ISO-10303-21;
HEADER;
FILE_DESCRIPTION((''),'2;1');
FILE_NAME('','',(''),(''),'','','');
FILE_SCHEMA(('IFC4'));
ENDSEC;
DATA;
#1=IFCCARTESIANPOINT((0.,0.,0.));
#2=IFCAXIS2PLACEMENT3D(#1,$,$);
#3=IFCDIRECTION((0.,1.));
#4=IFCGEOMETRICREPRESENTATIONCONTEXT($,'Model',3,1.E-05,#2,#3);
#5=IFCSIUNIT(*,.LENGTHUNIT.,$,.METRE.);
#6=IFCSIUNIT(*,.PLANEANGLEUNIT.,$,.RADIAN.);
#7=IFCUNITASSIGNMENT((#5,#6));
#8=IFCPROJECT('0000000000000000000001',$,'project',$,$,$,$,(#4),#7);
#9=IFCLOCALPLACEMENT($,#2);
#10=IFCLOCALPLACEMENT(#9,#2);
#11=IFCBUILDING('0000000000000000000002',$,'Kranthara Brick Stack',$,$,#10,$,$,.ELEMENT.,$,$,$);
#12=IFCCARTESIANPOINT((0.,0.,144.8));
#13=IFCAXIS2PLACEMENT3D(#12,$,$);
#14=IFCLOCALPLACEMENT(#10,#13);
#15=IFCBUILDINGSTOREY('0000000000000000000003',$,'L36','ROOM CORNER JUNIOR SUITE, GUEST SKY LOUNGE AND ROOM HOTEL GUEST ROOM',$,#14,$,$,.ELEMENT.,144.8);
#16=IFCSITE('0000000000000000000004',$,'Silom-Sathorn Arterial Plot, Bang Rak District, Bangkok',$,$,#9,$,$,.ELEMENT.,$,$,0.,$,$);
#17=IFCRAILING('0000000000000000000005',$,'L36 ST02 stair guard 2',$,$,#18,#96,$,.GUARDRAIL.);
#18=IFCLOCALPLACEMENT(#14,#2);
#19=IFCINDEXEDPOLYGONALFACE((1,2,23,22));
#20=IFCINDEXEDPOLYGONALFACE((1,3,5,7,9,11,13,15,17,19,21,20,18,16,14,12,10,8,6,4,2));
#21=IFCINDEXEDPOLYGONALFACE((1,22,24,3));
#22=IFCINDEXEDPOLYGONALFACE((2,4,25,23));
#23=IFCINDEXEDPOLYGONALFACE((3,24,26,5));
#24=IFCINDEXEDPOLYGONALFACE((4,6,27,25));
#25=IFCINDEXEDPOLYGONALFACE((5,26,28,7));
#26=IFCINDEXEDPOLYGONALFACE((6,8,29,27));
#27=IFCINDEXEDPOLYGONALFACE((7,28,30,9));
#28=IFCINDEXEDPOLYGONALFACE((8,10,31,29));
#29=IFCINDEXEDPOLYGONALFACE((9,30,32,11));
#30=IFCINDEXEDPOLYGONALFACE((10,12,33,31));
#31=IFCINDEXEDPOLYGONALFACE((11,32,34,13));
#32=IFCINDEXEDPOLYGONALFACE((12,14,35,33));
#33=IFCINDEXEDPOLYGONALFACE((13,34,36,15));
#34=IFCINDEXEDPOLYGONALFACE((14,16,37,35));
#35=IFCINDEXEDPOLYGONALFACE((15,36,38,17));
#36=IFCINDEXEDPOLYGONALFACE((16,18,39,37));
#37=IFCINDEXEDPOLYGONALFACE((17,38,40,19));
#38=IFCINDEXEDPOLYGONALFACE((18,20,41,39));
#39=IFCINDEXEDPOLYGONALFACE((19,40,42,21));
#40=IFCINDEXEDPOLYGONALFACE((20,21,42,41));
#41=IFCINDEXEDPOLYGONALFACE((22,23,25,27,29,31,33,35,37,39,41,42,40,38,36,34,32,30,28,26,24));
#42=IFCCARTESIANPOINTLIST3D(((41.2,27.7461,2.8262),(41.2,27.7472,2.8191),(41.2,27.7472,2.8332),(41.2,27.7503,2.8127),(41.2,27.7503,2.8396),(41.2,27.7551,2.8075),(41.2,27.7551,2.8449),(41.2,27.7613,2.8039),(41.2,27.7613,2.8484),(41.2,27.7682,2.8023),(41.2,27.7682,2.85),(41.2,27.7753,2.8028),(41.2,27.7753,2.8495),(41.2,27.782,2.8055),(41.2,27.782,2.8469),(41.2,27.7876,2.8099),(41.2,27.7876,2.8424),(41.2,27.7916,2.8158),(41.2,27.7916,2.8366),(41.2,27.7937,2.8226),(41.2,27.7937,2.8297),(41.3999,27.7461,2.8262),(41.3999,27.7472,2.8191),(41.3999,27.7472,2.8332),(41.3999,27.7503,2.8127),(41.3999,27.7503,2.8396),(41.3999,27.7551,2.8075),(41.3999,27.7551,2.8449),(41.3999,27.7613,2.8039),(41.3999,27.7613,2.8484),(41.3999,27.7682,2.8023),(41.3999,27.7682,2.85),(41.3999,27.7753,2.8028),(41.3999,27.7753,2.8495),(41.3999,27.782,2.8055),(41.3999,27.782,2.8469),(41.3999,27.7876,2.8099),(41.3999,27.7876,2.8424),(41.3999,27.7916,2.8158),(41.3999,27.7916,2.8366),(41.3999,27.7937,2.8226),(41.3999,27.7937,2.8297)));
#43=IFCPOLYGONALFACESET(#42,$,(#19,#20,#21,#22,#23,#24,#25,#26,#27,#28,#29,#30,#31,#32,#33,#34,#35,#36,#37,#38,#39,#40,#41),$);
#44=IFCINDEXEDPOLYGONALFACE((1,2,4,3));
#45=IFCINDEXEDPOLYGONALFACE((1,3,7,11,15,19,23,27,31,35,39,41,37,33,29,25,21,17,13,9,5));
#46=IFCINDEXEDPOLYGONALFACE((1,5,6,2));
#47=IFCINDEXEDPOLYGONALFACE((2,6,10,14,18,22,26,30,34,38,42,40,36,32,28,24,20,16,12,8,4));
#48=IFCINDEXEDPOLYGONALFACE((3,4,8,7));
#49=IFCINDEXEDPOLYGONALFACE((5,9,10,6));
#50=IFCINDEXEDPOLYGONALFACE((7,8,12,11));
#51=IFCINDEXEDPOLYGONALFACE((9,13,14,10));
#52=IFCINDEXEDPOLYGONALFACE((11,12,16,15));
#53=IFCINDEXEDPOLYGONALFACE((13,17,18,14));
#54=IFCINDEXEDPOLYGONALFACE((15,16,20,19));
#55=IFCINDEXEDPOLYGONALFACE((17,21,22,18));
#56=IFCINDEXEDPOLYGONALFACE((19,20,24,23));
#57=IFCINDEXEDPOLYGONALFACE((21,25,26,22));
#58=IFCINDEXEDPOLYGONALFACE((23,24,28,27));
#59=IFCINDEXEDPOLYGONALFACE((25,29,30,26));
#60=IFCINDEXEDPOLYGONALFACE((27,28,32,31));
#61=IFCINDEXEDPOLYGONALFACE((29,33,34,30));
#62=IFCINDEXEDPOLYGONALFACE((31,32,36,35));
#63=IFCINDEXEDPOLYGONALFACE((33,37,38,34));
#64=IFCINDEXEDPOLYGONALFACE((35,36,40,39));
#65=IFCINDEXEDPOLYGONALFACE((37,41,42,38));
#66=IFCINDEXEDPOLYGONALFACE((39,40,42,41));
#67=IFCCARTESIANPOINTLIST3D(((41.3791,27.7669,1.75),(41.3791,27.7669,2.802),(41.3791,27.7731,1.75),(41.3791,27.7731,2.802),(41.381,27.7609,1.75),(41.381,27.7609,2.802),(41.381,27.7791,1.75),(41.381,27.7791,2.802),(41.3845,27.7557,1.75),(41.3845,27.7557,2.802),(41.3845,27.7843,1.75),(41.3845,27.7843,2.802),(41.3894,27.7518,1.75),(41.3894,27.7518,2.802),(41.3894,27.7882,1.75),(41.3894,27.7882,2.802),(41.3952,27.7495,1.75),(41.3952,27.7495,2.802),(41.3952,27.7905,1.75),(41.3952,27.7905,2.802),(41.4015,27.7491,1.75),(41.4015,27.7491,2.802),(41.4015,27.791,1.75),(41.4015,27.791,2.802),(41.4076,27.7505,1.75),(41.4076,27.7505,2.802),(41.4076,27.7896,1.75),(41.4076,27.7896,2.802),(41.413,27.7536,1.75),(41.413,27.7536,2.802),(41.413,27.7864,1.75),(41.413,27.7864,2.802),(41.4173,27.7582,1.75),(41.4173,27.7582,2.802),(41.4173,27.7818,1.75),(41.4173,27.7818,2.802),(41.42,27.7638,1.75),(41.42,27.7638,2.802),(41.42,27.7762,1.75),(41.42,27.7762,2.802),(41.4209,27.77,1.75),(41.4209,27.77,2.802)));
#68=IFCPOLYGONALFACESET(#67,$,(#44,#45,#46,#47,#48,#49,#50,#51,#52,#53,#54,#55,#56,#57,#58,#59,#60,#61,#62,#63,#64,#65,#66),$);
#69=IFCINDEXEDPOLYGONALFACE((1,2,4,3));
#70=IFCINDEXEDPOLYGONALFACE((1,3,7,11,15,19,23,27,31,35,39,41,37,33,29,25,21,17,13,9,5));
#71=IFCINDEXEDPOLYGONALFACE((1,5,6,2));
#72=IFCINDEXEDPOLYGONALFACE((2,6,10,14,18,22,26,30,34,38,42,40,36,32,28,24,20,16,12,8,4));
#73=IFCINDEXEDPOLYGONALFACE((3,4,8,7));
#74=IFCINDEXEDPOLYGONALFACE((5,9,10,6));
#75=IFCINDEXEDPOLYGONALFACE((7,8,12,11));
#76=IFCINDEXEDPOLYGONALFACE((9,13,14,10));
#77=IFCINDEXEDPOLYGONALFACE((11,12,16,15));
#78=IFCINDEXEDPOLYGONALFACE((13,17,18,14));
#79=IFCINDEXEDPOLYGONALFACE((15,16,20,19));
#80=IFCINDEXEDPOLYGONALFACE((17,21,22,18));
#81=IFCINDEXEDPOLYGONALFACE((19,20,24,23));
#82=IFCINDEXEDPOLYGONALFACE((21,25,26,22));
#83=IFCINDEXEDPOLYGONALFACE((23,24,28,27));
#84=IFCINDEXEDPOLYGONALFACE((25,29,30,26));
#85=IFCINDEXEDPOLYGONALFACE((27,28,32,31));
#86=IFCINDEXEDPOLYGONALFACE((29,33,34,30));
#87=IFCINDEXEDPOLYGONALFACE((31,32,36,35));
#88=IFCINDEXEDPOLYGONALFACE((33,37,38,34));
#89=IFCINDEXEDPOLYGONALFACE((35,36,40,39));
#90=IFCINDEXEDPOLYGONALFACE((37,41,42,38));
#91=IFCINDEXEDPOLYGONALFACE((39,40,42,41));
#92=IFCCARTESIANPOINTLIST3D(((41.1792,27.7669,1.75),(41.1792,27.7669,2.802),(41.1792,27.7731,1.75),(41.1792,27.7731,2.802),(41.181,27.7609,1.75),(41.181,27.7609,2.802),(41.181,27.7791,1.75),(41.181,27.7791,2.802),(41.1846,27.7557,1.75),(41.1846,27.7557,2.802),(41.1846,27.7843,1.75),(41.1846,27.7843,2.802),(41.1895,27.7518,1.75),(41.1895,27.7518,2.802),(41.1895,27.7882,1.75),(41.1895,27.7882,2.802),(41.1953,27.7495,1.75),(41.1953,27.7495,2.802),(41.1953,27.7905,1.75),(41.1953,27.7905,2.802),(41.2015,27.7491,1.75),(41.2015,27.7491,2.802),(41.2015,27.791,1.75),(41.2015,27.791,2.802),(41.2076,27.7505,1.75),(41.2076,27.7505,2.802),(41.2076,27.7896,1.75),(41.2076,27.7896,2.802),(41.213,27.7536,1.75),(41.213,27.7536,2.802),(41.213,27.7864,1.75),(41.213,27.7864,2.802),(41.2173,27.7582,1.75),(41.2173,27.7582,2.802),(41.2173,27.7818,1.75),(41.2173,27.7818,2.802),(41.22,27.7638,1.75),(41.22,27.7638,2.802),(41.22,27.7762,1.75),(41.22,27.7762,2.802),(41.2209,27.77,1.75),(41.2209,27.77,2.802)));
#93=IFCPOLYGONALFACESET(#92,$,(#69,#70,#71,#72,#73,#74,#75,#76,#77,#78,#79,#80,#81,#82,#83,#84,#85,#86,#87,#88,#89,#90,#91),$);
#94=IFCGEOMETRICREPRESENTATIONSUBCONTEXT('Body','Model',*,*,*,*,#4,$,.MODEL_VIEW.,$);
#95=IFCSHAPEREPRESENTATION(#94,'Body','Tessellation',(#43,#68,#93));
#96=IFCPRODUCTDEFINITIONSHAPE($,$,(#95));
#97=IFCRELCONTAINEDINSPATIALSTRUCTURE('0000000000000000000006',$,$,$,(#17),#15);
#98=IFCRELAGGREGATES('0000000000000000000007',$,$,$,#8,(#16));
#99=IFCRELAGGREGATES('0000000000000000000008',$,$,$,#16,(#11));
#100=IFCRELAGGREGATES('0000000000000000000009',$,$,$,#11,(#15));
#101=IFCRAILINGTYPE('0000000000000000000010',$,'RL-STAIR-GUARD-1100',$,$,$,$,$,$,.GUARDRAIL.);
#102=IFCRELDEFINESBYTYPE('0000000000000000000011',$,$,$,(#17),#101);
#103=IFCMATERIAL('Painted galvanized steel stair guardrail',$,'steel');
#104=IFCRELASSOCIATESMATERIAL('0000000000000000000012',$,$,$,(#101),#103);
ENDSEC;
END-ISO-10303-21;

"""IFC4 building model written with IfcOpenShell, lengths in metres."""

from ifc_helpers import new_model, si_unit, direction, frame, origin, origin_2d, place, context, subcontext, project, spatial, circle, extrude, material, type_object, element, save


model = new_model("IFC4")

# Units and contexts
model_context = context("Model", 3, precision=1e-05, world=origin(), true_north=direction((0.0, 1.0)))
body_context = subcontext(model_context, "Body", "Model", "MODEL_VIEW")
ifc_project = project(units=[si_unit("LENGTHUNIT", "METRE"), si_unit("PLANEANGLEUNIT", "RADIAN")], contexts=[model_context])

# Site, building, storey
site_placement = place(None, origin())
site = spatial("IfcSite", under=ifc_project, at=site_placement, Name="Silom-Sathorn Arterial Plot, Bang Rak District, Bangkok", CompositionType="ELEMENT", RefElevation=0.0)
building_placement = place(site_placement, origin())
building = spatial("IfcBuilding", under=site, at=building_placement, Name="Kranthara Brick Stack", CompositionType="ELEMENT")
storey_placement = place(building_placement, frame((0.0, 0.0, 144.8)))
storey = spatial("IfcBuildingStorey", under=building, at=storey_placement, Name="L36", Description="ROOM CORNER JUNIOR SUITE, GUEST SKY LOUNGE AND ROOM HOTEL GUEST ROOM", CompositionType="ELEMENT", Elevation=144.8)

# Railing
ifc_material_1 = material(Name="Painted galvanized steel stair guardrail", Category="steel")
railing_type_1 = type_object("IfcRailingType", Name="RL-STAIR-GUARD-1100", PredefinedType="GUARDRAIL", material=ifc_material_1)
railing_1_placement = place(storey_placement, frame((41.3999, 27.77, 1.75)))
element("IfcRailing", 1, at=railing_1_placement, inside=storey, type_object=railing_type_1, Name="L36 ST02 stair guard 2", PredefinedType="GUARDRAIL", context=body_context, shape_type="SweptSolid", body=[
    extrude(circle(Radius=0.0239, at=origin_2d()), frame((0.0, 0.0, 1.0762), z_axis=(-1.0, 0.0, 0.0), x_axis=(0.0, -1.0, 0.0)), (0.0, 0.0, 1.0), 0.2),
    extrude(circle(Radius=0.021, at=origin_2d()), origin(), (0.0, 0.0, 1.0), 1.052),
    extrude(circle(Radius=0.021, at=origin_2d()), frame((-0.2, 0.0, 0.0)), (0.0, 0.0, 1.0), 1.052),
])

save(model, "model.ifc")
